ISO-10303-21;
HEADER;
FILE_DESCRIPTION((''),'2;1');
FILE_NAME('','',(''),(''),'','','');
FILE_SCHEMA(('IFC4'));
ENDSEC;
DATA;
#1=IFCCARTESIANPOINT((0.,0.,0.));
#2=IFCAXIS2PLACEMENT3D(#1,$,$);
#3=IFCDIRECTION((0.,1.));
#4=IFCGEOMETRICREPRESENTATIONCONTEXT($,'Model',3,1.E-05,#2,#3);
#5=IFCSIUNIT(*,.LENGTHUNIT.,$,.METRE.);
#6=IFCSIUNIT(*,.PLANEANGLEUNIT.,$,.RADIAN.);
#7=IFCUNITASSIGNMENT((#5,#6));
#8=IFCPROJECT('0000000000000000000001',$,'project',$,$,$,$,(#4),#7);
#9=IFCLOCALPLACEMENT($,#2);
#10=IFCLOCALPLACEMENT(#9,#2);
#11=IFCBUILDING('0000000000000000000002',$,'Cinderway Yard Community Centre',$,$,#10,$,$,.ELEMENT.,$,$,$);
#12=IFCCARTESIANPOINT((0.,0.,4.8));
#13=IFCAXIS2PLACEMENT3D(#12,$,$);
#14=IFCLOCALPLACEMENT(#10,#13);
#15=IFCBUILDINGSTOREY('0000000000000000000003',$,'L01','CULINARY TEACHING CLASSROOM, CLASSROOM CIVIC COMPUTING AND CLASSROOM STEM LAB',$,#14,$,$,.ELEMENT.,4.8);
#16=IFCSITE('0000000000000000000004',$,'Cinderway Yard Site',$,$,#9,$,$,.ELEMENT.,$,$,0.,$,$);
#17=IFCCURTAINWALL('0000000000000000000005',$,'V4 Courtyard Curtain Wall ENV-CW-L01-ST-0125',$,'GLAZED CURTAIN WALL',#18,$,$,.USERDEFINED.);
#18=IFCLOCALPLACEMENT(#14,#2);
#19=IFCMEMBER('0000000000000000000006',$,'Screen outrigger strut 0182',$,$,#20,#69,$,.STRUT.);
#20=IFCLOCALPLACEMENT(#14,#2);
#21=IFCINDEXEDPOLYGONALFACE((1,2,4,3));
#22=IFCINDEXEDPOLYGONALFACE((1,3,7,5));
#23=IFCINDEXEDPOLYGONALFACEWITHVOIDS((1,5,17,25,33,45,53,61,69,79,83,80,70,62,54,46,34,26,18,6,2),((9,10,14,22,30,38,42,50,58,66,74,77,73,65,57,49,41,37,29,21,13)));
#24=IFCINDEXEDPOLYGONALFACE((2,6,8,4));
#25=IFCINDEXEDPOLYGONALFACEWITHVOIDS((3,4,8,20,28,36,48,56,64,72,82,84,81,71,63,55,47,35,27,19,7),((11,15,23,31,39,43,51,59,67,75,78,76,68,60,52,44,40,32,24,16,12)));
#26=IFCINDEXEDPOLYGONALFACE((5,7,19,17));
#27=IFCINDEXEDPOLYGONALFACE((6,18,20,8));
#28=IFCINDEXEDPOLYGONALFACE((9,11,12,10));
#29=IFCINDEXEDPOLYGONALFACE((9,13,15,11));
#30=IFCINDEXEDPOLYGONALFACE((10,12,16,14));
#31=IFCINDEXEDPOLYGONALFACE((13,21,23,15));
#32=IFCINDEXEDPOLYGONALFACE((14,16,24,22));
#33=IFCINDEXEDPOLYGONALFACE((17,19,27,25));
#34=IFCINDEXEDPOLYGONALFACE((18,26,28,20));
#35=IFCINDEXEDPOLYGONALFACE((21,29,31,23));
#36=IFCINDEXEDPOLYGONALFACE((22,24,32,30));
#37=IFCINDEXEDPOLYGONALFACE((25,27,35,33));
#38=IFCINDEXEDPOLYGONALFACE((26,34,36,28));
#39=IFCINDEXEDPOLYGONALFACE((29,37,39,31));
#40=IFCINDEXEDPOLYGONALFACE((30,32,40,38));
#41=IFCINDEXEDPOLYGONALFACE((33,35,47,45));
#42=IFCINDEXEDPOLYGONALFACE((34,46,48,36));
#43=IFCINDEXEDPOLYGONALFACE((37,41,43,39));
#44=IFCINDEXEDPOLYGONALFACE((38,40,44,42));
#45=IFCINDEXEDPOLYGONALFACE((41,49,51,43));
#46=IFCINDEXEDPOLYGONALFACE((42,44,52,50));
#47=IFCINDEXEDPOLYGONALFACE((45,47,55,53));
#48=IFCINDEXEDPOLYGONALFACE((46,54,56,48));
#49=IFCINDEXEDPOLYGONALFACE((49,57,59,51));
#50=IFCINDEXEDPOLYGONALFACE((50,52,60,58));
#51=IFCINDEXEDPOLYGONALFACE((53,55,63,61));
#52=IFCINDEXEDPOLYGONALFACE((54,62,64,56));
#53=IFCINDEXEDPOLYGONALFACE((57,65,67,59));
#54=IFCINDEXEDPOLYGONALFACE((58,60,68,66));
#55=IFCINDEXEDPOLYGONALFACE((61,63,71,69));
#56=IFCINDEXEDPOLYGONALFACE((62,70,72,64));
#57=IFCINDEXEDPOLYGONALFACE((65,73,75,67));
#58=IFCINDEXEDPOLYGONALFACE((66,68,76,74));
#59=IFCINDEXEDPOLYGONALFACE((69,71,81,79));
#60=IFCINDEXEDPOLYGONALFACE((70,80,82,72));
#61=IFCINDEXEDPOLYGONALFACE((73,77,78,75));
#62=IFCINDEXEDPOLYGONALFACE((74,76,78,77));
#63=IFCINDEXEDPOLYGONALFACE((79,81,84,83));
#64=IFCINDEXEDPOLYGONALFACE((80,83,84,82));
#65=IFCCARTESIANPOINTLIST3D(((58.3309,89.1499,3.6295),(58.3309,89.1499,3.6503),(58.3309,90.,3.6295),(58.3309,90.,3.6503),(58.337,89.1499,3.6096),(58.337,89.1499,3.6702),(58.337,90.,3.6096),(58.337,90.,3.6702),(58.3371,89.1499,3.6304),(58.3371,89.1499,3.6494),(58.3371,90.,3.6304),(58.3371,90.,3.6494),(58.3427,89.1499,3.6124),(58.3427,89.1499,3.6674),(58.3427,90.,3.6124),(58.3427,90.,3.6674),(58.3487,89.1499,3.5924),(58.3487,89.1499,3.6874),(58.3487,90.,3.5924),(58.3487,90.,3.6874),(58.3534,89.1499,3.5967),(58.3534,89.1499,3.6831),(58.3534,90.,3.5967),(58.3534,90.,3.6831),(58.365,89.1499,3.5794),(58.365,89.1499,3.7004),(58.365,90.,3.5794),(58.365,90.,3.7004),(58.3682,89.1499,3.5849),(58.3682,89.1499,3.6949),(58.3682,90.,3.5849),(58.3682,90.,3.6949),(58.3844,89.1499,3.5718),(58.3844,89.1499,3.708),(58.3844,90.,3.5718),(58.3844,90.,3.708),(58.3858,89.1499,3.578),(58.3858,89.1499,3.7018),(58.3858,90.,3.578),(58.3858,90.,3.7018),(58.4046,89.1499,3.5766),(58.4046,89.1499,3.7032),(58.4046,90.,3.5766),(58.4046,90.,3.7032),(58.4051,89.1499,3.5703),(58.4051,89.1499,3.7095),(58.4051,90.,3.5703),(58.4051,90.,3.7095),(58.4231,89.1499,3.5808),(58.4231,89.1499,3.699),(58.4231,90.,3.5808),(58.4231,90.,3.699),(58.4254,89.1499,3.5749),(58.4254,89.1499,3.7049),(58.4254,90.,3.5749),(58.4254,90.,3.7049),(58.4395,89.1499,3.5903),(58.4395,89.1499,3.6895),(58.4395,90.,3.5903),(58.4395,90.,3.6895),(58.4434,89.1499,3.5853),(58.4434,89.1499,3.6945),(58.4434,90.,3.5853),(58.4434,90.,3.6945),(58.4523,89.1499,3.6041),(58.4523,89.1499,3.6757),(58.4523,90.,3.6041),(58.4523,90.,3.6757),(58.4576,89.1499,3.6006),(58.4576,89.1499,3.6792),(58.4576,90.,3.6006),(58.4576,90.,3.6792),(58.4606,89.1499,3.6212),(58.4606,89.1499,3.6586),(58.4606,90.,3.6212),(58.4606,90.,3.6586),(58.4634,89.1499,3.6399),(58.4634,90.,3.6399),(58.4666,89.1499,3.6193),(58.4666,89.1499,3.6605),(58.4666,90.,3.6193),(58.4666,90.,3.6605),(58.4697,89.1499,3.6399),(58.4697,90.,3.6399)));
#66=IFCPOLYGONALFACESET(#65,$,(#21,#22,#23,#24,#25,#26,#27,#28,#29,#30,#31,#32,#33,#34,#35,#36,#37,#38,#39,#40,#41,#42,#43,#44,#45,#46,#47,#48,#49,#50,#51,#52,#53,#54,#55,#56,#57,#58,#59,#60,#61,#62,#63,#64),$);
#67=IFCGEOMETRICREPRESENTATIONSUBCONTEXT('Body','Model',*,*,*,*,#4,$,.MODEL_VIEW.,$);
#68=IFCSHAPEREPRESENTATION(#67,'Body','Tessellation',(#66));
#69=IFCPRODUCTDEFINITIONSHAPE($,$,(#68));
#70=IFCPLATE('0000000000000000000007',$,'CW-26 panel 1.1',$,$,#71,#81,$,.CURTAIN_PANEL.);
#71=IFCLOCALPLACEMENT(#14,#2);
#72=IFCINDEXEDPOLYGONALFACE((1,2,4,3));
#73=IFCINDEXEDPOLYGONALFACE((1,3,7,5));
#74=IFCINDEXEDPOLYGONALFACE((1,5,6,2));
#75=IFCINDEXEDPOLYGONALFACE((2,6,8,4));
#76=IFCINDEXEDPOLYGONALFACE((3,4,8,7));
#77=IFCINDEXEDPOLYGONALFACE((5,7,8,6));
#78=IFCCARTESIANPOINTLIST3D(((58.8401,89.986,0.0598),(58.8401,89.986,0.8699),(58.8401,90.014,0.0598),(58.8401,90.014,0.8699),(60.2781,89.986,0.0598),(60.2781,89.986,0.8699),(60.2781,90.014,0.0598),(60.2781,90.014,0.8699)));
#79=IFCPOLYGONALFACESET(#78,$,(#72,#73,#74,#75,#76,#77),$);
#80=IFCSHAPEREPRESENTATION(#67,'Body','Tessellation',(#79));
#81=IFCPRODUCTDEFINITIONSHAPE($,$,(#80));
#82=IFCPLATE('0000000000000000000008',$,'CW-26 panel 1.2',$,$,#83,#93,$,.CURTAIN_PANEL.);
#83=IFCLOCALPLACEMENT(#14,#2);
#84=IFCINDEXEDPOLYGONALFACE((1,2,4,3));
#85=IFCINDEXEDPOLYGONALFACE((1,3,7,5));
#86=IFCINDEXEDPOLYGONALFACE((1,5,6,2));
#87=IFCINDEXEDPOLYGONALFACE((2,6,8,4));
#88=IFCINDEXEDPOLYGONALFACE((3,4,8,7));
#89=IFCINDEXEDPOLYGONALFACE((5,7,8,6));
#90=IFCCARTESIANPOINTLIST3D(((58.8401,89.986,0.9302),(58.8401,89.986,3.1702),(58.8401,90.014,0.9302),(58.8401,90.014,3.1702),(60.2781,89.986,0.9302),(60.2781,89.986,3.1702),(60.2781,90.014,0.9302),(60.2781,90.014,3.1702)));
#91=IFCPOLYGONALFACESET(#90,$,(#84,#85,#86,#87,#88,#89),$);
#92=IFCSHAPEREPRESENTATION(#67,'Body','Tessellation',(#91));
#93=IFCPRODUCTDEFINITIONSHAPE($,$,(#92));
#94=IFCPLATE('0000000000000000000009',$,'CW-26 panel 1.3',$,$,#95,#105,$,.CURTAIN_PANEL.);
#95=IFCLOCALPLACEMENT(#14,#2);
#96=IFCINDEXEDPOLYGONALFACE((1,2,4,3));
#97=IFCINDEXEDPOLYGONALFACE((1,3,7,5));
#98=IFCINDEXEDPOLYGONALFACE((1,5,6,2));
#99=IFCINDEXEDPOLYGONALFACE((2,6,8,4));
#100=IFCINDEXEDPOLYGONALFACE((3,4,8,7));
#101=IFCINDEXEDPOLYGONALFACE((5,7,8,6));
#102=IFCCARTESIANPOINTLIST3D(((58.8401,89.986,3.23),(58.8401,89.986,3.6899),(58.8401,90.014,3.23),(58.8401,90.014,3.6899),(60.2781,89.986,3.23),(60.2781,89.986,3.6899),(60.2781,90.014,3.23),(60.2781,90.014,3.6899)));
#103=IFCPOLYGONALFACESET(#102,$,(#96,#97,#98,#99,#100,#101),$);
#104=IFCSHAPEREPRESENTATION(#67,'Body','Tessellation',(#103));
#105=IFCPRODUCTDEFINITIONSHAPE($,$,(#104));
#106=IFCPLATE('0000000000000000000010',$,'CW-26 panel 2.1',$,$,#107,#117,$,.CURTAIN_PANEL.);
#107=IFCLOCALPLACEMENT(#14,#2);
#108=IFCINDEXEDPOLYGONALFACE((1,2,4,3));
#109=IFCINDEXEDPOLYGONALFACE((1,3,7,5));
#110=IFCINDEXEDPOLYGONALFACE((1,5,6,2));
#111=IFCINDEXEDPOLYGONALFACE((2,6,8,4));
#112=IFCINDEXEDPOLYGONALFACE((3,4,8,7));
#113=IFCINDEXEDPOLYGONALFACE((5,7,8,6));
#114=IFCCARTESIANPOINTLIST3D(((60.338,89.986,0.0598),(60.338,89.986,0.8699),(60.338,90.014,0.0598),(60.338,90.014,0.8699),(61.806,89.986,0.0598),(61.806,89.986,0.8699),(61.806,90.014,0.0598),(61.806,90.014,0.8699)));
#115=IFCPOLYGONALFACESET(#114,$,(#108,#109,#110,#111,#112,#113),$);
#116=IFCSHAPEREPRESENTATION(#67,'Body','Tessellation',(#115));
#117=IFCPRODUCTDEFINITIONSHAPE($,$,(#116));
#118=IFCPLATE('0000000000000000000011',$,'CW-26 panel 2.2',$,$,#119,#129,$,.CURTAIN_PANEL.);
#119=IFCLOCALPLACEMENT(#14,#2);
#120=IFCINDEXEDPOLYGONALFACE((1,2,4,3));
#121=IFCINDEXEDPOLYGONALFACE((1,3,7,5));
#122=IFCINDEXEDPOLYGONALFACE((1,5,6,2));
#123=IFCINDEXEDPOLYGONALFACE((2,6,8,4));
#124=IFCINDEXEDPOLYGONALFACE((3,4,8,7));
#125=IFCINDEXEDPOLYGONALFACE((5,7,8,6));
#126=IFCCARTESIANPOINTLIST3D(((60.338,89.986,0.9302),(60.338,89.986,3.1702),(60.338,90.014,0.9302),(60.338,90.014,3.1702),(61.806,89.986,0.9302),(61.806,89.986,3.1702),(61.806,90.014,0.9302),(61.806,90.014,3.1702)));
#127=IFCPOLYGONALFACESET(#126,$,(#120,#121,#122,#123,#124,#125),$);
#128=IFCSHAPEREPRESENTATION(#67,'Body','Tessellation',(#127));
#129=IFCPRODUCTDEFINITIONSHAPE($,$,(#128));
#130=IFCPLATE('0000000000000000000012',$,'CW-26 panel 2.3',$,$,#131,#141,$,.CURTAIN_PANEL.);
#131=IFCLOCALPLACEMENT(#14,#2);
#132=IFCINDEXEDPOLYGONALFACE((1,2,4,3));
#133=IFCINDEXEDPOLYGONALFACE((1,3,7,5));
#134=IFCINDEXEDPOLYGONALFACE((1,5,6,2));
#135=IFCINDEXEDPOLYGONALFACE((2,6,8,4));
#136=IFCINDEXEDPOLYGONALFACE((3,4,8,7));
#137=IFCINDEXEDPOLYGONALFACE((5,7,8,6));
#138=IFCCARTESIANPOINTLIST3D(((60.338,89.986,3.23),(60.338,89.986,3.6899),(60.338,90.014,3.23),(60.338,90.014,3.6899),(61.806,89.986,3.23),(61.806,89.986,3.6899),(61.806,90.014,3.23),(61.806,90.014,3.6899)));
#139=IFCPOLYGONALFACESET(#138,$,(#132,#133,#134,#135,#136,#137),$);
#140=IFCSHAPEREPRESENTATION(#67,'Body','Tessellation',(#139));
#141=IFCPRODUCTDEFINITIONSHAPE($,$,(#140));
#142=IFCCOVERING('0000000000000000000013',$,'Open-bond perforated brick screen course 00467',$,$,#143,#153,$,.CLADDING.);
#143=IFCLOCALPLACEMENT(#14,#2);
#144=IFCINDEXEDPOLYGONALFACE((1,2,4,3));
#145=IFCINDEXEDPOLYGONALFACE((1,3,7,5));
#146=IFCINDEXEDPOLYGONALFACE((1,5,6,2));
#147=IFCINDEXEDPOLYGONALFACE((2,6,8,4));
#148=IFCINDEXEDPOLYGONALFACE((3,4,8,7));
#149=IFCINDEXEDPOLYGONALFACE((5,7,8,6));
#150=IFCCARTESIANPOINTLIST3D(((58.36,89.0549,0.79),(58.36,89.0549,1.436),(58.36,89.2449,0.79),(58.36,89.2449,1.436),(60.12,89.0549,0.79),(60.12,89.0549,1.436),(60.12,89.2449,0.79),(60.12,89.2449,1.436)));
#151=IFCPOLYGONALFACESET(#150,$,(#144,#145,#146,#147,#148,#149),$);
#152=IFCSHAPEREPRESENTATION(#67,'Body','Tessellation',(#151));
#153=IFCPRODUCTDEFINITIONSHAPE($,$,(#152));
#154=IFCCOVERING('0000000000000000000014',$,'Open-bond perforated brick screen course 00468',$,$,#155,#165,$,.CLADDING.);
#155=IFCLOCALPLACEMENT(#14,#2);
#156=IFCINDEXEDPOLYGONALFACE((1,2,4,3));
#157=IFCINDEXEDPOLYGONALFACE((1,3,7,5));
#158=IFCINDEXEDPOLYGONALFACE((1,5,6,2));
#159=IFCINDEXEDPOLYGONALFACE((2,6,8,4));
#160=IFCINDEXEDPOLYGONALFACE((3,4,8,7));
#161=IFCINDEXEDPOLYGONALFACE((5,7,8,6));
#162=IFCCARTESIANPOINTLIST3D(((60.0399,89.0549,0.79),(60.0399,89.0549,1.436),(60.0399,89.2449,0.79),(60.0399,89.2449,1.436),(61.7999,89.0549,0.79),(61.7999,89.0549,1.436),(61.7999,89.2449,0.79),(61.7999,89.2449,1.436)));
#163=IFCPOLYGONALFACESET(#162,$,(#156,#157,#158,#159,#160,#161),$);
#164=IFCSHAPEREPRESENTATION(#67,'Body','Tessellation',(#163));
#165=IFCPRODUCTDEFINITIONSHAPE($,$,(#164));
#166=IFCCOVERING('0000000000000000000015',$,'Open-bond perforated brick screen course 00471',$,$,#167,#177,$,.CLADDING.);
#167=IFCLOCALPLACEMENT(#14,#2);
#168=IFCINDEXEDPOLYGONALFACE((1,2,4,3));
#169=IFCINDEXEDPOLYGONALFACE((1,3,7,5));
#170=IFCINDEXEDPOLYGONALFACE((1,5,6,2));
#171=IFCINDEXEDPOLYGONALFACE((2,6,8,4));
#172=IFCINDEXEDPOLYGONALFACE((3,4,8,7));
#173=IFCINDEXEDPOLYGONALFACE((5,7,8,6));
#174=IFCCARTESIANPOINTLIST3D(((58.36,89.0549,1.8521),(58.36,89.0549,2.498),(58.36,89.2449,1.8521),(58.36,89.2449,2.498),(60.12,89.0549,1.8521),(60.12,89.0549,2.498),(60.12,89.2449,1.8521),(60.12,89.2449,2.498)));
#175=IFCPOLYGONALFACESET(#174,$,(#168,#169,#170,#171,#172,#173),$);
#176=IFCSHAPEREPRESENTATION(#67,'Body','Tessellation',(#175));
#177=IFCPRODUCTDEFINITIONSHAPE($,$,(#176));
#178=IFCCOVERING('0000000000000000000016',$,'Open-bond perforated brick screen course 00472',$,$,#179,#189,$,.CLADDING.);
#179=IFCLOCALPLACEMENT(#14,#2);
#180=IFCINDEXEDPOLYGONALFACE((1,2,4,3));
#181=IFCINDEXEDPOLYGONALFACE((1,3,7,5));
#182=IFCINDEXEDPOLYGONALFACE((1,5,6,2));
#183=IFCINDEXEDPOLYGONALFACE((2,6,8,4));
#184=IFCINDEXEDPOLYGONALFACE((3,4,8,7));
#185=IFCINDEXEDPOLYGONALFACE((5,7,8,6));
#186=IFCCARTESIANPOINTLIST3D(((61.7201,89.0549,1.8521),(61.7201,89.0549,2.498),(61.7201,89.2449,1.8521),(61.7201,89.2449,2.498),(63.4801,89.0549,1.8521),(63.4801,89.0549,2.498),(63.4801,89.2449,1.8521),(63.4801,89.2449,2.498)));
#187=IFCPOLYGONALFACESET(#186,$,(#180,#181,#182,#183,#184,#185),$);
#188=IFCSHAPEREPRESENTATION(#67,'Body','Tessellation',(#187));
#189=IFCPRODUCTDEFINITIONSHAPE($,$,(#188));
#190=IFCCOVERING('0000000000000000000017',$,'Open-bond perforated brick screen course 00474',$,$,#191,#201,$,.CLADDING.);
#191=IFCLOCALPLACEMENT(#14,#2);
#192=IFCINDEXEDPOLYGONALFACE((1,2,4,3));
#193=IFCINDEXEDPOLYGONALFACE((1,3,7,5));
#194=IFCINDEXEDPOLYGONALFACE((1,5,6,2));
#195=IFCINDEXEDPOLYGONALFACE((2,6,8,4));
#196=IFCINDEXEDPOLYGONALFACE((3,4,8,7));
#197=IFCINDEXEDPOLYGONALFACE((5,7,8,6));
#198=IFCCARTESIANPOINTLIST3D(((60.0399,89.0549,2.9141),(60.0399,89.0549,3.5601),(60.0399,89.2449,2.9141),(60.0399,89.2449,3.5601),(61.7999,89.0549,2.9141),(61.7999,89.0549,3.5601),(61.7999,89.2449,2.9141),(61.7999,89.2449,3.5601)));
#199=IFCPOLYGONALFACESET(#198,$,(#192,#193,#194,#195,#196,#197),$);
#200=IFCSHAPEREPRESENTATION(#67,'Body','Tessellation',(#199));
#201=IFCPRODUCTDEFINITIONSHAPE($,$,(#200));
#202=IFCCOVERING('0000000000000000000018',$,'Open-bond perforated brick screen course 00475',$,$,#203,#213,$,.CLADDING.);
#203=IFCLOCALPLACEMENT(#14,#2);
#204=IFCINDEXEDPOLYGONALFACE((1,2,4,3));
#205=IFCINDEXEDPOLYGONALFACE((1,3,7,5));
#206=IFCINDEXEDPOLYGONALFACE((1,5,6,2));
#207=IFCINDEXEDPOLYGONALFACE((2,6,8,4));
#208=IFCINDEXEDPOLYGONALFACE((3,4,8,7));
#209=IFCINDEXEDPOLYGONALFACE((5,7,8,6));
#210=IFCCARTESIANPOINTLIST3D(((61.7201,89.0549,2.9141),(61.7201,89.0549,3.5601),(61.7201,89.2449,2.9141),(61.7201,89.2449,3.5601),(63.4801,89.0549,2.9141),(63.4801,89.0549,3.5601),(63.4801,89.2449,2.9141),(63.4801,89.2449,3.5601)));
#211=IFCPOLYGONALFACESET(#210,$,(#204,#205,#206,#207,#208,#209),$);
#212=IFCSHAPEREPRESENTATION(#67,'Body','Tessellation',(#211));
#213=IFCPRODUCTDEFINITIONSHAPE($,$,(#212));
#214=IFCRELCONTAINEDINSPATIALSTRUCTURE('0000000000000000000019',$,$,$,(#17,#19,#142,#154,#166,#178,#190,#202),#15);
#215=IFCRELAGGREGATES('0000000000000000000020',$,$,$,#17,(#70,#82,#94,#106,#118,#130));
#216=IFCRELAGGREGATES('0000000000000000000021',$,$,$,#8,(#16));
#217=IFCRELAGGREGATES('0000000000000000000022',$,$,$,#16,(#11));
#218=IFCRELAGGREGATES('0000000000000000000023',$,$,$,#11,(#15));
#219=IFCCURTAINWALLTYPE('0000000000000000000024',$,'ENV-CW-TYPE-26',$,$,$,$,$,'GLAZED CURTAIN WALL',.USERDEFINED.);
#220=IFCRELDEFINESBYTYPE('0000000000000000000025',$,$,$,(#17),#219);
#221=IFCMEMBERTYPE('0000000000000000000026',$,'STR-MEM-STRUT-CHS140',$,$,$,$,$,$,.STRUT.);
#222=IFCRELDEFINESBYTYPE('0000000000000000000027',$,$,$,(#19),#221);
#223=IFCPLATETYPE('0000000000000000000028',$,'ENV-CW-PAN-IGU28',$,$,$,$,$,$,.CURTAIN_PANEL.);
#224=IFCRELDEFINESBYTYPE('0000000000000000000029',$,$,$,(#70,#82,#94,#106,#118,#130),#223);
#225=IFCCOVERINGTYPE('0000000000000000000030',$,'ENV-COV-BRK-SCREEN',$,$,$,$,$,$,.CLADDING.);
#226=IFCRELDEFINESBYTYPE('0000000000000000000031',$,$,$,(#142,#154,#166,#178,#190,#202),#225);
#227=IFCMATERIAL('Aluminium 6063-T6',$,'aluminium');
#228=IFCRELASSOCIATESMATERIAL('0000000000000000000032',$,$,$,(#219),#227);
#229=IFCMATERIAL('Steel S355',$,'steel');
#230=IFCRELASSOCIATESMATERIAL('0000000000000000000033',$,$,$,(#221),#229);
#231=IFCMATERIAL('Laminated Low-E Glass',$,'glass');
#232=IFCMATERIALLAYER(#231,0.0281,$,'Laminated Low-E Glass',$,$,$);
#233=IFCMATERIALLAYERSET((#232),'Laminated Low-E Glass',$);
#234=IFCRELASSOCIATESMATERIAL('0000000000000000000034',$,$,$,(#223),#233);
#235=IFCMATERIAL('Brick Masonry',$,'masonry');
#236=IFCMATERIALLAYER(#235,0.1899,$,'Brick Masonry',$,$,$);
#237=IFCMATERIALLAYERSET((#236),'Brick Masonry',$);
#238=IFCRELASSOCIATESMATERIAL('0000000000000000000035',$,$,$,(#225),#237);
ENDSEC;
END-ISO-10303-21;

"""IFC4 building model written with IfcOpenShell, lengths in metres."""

from ifc_helpers import new_model, si_unit, direction, frame, origin, origin_2d, place, context, subcontext, project, spatial, rectangle, hollow_circle, extrude, material, layer, layer_set, material_profile, profile_set, type_object, element, aggregate, save


model = new_model("IFC4")

# Units and contexts
model_context = context("Model", 3, precision=1e-05, world=origin(), true_north=direction((0.0, 1.0)))
body_context = subcontext(model_context, "Body", "Model", "MODEL_VIEW")
ifc_project = project(units=[si_unit("LENGTHUNIT", "METRE"), si_unit("PLANEANGLEUNIT", "RADIAN")], contexts=[model_context])

# Site, building, storey
site_placement = place(None, origin())
site = spatial("IfcSite", under=ifc_project, at=site_placement, Name="Cinderway Yard Site", CompositionType="ELEMENT", RefElevation=0.0)
building_placement = place(site_placement, origin())
building = spatial("IfcBuilding", under=site, at=building_placement, Name="Cinderway Yard Community Centre", CompositionType="ELEMENT")
storey_placement = place(building_placement, frame((0.0, 0.0, 4.8)))
storey = spatial("IfcBuildingStorey", under=building, at=storey_placement, Name="L01", Description="CULINARY TEACHING CLASSROOM, CLASSROOM CIVIC COMPUTING AND CLASSROOM STEM LAB", CompositionType="ELEMENT", Elevation=4.8)

# Curtain wall
ifc_material_1 = material(Name="Aluminium 6063-T6", Category="aluminium")
curtain_wall_type = type_object("IfcCurtainWallType", Name="ENV-CW-TYPE-26", ElementType="GLAZED CURTAIN WALL", PredefinedType="USERDEFINED", material=ifc_material_1)
curtain_wall_placement = place(storey_placement, origin())
curtain_wall = element("IfcCurtainWall", 1, at=curtain_wall_placement, inside=storey, type_object=curtain_wall_type, Name="V4 Courtyard Curtain Wall ENV-CW-L01-ST-0125", ObjectType="GLAZED CURTAIN WALL", PredefinedType="USERDEFINED")

# Member
ifc_material_2 = material(Name="Steel S355", Category="steel")
ifc_material_profile_1 = material_profile(ifc_material_2, hollow_circle(Radius=0.0698, WallThickness=0.0063, at=origin_2d()), Name="Steel S355")
ifc_profile_set_1 = profile_set([ifc_material_profile_1], Name="Steel S355")
member_type_1 = type_object("IfcMemberType", Name="STR-MEM-STRUT-CHS140", PredefinedType="STRUT", material=ifc_profile_set_1)
for number, where, z_axis, x_axis, name in (
    (2, (58.3999, 90.0, 3.6399), (0.0, -1.0, 0.0), (1.0, 0.0, 0.0), "Screen outrigger strut 0182"),
):
    element("IfcMember", number, at=place(storey_placement, frame(where, z_axis=z_axis, x_axis=x_axis)), inside=storey, type_object=member_type_1, Name=name, PredefinedType="STRUT", context=body_context, shape_type="SweptSolid", body=[
        extrude(hollow_circle(Radius=0.0698, WallThickness=0.0063, at=origin_2d()), origin(), (0.0, 0.0, 1.0), 0.8501),
    ])

# Plates
ifc_material_3 = material(Name="Laminated Low-E Glass", Category="glass")
ifc_layer_1 = layer(ifc_material_3, 0.0281, Name="Laminated Low-E Glass")
ifc_layer_set_1 = layer_set([ifc_layer_1], Name="Laminated Low-E Glass")
plate_type = type_object("IfcPlateType", Name="ENV-CW-PAN-IGU28", PredefinedType="CURTAIN_PANEL", material=ifc_layer_set_1)
plate_1_placement = place(storey_placement, frame((59.5591, 90.0, 0.0598), z_axis=(0.0, 0.0, 1.0), x_axis=(1.0, 0.0, 0.0)))
plate_1 = element("IfcPlate", 3, at=plate_1_placement, type_object=plate_type, Name="CW-26 panel 1.1", PredefinedType="CURTAIN_PANEL", context=body_context, shape_type="SweptSolid", body=[
    extrude(rectangle(XDim=1.438, YDim=0.0281, at=origin_2d()), origin(), (0.0, 0.0, 1.0), 0.8101),
])
plate_2_placement = place(storey_placement, frame((59.5591, 90.0, 0.9302), z_axis=(0.0, 0.0, 1.0), x_axis=(1.0, 0.0, 0.0)))
plate_2 = element("IfcPlate", 4, at=plate_2_placement, type_object=plate_type, Name="CW-26 panel 1.2", PredefinedType="CURTAIN_PANEL", context=body_context, shape_type="SweptSolid", body=[
    extrude(rectangle(XDim=1.438, YDim=0.0281, at=origin_2d()), origin(), (0.0, 0.0, 1.0), 2.24),
])
plate_3_placement = place(storey_placement, frame((59.5591, 90.0, 3.23), z_axis=(0.0, 0.0, 1.0), x_axis=(1.0, 0.0, 0.0)))
plate_3 = element("IfcPlate", 5, at=plate_3_placement, type_object=plate_type, Name="CW-26 panel 1.3", PredefinedType="CURTAIN_PANEL", context=body_context, shape_type="SweptSolid", body=[
    extrude(rectangle(XDim=1.438, YDim=0.0281, at=origin_2d()), origin(), (0.0, 0.0, 1.0), 0.46),
])
plate_4_placement = place(storey_placement, frame((61.072, 90.0, 0.0598), z_axis=(0.0, 0.0, 1.0), x_axis=(1.0, 0.0, 0.0)))
plate_4 = element("IfcPlate", 6, at=plate_4_placement, type_object=plate_type, Name="CW-26 panel 2.1", PredefinedType="CURTAIN_PANEL", context=body_context, shape_type="SweptSolid", body=[
    extrude(rectangle(XDim=1.468, YDim=0.0281, at=origin_2d()), origin(), (0.0, 0.0, 1.0), 0.8101),
])
plate_5_placement = place(storey_placement, frame((61.072, 90.0, 0.9302), z_axis=(0.0, 0.0, 1.0), x_axis=(1.0, 0.0, 0.0)))
plate_5 = element("IfcPlate", 7, at=plate_5_placement, type_object=plate_type, Name="CW-26 panel 2.2", PredefinedType="CURTAIN_PANEL", context=body_context, shape_type="SweptSolid", body=[
    extrude(rectangle(XDim=1.468, YDim=0.0281, at=origin_2d()), origin(), (0.0, 0.0, 1.0), 2.24),
])
plate_6_placement = place(storey_placement, frame((61.072, 90.0, 3.23), z_axis=(0.0, 0.0, 1.0), x_axis=(1.0, 0.0, 0.0)))
plate_6 = element("IfcPlate", 8, at=plate_6_placement, type_object=plate_type, Name="CW-26 panel 2.3", PredefinedType="CURTAIN_PANEL", context=body_context, shape_type="SweptSolid", body=[
    extrude(rectangle(XDim=1.468, YDim=0.0281, at=origin_2d()), origin(), (0.0, 0.0, 1.0), 0.46),
])
aggregate(curtain_wall, [plate_1, plate_2, plate_3, plate_4, plate_5, plate_6])

# Coverings
ifc_material_4 = material(Name="Brick Masonry", Category="masonry")
ifc_layer_2 = layer(ifc_material_4, 0.1899, Name="Brick Masonry")
ifc_layer_set_2 = layer_set([ifc_layer_2], Name="Brick Masonry")
covering_type = type_object("IfcCoveringType", Name="ENV-COV-BRK-SCREEN", PredefinedType="CLADDING", material=ifc_layer_set_2)
for number, where, z_axis, x_axis, name in (
    (9, (59.24, 89.1499, 0.79), (0.0, 0.0, 1.0), (-1.0, 0.0, 0.0), "Open-bond perforated brick screen course 00467"),
    (10, (60.9199, 89.1499, 0.79), (0.0, 0.0, 1.0), (-1.0, 0.0, 0.0), "Open-bond perforated brick screen course 00468"),
    (11, (59.24, 89.1499, 1.8521), (0.0, 0.0, 1.0), (-1.0, 0.0, 0.0), "Open-bond perforated brick screen course 00471"),
    (12, (62.6001, 89.1499, 1.8521), (0.0, 0.0, 1.0), (-1.0, 0.0, 0.0), "Open-bond perforated brick screen course 00472"),
    (13, (60.9199, 89.1499, 2.9141), (0.0, 0.0, 1.0), (-1.0, 0.0, 0.0), "Open-bond perforated brick screen course 00474"),
    (14, (62.6001, 89.1499, 2.9141), (0.0, 0.0, 1.0), (-1.0, 0.0, 0.0), "Open-bond perforated brick screen course 00475"),
):
    element("IfcCovering", number, at=place(storey_placement, frame(where, z_axis=z_axis, x_axis=x_axis)), inside=storey, type_object=covering_type, Name=name, PredefinedType="CLADDING", context=body_context, shape_type="SweptSolid", body=[
        extrude(rectangle(XDim=1.76, YDim=0.1899, at=origin_2d()), origin(), (0.0, 0.0, 1.0), 0.646),
    ])

save(model, "model.ifc")
